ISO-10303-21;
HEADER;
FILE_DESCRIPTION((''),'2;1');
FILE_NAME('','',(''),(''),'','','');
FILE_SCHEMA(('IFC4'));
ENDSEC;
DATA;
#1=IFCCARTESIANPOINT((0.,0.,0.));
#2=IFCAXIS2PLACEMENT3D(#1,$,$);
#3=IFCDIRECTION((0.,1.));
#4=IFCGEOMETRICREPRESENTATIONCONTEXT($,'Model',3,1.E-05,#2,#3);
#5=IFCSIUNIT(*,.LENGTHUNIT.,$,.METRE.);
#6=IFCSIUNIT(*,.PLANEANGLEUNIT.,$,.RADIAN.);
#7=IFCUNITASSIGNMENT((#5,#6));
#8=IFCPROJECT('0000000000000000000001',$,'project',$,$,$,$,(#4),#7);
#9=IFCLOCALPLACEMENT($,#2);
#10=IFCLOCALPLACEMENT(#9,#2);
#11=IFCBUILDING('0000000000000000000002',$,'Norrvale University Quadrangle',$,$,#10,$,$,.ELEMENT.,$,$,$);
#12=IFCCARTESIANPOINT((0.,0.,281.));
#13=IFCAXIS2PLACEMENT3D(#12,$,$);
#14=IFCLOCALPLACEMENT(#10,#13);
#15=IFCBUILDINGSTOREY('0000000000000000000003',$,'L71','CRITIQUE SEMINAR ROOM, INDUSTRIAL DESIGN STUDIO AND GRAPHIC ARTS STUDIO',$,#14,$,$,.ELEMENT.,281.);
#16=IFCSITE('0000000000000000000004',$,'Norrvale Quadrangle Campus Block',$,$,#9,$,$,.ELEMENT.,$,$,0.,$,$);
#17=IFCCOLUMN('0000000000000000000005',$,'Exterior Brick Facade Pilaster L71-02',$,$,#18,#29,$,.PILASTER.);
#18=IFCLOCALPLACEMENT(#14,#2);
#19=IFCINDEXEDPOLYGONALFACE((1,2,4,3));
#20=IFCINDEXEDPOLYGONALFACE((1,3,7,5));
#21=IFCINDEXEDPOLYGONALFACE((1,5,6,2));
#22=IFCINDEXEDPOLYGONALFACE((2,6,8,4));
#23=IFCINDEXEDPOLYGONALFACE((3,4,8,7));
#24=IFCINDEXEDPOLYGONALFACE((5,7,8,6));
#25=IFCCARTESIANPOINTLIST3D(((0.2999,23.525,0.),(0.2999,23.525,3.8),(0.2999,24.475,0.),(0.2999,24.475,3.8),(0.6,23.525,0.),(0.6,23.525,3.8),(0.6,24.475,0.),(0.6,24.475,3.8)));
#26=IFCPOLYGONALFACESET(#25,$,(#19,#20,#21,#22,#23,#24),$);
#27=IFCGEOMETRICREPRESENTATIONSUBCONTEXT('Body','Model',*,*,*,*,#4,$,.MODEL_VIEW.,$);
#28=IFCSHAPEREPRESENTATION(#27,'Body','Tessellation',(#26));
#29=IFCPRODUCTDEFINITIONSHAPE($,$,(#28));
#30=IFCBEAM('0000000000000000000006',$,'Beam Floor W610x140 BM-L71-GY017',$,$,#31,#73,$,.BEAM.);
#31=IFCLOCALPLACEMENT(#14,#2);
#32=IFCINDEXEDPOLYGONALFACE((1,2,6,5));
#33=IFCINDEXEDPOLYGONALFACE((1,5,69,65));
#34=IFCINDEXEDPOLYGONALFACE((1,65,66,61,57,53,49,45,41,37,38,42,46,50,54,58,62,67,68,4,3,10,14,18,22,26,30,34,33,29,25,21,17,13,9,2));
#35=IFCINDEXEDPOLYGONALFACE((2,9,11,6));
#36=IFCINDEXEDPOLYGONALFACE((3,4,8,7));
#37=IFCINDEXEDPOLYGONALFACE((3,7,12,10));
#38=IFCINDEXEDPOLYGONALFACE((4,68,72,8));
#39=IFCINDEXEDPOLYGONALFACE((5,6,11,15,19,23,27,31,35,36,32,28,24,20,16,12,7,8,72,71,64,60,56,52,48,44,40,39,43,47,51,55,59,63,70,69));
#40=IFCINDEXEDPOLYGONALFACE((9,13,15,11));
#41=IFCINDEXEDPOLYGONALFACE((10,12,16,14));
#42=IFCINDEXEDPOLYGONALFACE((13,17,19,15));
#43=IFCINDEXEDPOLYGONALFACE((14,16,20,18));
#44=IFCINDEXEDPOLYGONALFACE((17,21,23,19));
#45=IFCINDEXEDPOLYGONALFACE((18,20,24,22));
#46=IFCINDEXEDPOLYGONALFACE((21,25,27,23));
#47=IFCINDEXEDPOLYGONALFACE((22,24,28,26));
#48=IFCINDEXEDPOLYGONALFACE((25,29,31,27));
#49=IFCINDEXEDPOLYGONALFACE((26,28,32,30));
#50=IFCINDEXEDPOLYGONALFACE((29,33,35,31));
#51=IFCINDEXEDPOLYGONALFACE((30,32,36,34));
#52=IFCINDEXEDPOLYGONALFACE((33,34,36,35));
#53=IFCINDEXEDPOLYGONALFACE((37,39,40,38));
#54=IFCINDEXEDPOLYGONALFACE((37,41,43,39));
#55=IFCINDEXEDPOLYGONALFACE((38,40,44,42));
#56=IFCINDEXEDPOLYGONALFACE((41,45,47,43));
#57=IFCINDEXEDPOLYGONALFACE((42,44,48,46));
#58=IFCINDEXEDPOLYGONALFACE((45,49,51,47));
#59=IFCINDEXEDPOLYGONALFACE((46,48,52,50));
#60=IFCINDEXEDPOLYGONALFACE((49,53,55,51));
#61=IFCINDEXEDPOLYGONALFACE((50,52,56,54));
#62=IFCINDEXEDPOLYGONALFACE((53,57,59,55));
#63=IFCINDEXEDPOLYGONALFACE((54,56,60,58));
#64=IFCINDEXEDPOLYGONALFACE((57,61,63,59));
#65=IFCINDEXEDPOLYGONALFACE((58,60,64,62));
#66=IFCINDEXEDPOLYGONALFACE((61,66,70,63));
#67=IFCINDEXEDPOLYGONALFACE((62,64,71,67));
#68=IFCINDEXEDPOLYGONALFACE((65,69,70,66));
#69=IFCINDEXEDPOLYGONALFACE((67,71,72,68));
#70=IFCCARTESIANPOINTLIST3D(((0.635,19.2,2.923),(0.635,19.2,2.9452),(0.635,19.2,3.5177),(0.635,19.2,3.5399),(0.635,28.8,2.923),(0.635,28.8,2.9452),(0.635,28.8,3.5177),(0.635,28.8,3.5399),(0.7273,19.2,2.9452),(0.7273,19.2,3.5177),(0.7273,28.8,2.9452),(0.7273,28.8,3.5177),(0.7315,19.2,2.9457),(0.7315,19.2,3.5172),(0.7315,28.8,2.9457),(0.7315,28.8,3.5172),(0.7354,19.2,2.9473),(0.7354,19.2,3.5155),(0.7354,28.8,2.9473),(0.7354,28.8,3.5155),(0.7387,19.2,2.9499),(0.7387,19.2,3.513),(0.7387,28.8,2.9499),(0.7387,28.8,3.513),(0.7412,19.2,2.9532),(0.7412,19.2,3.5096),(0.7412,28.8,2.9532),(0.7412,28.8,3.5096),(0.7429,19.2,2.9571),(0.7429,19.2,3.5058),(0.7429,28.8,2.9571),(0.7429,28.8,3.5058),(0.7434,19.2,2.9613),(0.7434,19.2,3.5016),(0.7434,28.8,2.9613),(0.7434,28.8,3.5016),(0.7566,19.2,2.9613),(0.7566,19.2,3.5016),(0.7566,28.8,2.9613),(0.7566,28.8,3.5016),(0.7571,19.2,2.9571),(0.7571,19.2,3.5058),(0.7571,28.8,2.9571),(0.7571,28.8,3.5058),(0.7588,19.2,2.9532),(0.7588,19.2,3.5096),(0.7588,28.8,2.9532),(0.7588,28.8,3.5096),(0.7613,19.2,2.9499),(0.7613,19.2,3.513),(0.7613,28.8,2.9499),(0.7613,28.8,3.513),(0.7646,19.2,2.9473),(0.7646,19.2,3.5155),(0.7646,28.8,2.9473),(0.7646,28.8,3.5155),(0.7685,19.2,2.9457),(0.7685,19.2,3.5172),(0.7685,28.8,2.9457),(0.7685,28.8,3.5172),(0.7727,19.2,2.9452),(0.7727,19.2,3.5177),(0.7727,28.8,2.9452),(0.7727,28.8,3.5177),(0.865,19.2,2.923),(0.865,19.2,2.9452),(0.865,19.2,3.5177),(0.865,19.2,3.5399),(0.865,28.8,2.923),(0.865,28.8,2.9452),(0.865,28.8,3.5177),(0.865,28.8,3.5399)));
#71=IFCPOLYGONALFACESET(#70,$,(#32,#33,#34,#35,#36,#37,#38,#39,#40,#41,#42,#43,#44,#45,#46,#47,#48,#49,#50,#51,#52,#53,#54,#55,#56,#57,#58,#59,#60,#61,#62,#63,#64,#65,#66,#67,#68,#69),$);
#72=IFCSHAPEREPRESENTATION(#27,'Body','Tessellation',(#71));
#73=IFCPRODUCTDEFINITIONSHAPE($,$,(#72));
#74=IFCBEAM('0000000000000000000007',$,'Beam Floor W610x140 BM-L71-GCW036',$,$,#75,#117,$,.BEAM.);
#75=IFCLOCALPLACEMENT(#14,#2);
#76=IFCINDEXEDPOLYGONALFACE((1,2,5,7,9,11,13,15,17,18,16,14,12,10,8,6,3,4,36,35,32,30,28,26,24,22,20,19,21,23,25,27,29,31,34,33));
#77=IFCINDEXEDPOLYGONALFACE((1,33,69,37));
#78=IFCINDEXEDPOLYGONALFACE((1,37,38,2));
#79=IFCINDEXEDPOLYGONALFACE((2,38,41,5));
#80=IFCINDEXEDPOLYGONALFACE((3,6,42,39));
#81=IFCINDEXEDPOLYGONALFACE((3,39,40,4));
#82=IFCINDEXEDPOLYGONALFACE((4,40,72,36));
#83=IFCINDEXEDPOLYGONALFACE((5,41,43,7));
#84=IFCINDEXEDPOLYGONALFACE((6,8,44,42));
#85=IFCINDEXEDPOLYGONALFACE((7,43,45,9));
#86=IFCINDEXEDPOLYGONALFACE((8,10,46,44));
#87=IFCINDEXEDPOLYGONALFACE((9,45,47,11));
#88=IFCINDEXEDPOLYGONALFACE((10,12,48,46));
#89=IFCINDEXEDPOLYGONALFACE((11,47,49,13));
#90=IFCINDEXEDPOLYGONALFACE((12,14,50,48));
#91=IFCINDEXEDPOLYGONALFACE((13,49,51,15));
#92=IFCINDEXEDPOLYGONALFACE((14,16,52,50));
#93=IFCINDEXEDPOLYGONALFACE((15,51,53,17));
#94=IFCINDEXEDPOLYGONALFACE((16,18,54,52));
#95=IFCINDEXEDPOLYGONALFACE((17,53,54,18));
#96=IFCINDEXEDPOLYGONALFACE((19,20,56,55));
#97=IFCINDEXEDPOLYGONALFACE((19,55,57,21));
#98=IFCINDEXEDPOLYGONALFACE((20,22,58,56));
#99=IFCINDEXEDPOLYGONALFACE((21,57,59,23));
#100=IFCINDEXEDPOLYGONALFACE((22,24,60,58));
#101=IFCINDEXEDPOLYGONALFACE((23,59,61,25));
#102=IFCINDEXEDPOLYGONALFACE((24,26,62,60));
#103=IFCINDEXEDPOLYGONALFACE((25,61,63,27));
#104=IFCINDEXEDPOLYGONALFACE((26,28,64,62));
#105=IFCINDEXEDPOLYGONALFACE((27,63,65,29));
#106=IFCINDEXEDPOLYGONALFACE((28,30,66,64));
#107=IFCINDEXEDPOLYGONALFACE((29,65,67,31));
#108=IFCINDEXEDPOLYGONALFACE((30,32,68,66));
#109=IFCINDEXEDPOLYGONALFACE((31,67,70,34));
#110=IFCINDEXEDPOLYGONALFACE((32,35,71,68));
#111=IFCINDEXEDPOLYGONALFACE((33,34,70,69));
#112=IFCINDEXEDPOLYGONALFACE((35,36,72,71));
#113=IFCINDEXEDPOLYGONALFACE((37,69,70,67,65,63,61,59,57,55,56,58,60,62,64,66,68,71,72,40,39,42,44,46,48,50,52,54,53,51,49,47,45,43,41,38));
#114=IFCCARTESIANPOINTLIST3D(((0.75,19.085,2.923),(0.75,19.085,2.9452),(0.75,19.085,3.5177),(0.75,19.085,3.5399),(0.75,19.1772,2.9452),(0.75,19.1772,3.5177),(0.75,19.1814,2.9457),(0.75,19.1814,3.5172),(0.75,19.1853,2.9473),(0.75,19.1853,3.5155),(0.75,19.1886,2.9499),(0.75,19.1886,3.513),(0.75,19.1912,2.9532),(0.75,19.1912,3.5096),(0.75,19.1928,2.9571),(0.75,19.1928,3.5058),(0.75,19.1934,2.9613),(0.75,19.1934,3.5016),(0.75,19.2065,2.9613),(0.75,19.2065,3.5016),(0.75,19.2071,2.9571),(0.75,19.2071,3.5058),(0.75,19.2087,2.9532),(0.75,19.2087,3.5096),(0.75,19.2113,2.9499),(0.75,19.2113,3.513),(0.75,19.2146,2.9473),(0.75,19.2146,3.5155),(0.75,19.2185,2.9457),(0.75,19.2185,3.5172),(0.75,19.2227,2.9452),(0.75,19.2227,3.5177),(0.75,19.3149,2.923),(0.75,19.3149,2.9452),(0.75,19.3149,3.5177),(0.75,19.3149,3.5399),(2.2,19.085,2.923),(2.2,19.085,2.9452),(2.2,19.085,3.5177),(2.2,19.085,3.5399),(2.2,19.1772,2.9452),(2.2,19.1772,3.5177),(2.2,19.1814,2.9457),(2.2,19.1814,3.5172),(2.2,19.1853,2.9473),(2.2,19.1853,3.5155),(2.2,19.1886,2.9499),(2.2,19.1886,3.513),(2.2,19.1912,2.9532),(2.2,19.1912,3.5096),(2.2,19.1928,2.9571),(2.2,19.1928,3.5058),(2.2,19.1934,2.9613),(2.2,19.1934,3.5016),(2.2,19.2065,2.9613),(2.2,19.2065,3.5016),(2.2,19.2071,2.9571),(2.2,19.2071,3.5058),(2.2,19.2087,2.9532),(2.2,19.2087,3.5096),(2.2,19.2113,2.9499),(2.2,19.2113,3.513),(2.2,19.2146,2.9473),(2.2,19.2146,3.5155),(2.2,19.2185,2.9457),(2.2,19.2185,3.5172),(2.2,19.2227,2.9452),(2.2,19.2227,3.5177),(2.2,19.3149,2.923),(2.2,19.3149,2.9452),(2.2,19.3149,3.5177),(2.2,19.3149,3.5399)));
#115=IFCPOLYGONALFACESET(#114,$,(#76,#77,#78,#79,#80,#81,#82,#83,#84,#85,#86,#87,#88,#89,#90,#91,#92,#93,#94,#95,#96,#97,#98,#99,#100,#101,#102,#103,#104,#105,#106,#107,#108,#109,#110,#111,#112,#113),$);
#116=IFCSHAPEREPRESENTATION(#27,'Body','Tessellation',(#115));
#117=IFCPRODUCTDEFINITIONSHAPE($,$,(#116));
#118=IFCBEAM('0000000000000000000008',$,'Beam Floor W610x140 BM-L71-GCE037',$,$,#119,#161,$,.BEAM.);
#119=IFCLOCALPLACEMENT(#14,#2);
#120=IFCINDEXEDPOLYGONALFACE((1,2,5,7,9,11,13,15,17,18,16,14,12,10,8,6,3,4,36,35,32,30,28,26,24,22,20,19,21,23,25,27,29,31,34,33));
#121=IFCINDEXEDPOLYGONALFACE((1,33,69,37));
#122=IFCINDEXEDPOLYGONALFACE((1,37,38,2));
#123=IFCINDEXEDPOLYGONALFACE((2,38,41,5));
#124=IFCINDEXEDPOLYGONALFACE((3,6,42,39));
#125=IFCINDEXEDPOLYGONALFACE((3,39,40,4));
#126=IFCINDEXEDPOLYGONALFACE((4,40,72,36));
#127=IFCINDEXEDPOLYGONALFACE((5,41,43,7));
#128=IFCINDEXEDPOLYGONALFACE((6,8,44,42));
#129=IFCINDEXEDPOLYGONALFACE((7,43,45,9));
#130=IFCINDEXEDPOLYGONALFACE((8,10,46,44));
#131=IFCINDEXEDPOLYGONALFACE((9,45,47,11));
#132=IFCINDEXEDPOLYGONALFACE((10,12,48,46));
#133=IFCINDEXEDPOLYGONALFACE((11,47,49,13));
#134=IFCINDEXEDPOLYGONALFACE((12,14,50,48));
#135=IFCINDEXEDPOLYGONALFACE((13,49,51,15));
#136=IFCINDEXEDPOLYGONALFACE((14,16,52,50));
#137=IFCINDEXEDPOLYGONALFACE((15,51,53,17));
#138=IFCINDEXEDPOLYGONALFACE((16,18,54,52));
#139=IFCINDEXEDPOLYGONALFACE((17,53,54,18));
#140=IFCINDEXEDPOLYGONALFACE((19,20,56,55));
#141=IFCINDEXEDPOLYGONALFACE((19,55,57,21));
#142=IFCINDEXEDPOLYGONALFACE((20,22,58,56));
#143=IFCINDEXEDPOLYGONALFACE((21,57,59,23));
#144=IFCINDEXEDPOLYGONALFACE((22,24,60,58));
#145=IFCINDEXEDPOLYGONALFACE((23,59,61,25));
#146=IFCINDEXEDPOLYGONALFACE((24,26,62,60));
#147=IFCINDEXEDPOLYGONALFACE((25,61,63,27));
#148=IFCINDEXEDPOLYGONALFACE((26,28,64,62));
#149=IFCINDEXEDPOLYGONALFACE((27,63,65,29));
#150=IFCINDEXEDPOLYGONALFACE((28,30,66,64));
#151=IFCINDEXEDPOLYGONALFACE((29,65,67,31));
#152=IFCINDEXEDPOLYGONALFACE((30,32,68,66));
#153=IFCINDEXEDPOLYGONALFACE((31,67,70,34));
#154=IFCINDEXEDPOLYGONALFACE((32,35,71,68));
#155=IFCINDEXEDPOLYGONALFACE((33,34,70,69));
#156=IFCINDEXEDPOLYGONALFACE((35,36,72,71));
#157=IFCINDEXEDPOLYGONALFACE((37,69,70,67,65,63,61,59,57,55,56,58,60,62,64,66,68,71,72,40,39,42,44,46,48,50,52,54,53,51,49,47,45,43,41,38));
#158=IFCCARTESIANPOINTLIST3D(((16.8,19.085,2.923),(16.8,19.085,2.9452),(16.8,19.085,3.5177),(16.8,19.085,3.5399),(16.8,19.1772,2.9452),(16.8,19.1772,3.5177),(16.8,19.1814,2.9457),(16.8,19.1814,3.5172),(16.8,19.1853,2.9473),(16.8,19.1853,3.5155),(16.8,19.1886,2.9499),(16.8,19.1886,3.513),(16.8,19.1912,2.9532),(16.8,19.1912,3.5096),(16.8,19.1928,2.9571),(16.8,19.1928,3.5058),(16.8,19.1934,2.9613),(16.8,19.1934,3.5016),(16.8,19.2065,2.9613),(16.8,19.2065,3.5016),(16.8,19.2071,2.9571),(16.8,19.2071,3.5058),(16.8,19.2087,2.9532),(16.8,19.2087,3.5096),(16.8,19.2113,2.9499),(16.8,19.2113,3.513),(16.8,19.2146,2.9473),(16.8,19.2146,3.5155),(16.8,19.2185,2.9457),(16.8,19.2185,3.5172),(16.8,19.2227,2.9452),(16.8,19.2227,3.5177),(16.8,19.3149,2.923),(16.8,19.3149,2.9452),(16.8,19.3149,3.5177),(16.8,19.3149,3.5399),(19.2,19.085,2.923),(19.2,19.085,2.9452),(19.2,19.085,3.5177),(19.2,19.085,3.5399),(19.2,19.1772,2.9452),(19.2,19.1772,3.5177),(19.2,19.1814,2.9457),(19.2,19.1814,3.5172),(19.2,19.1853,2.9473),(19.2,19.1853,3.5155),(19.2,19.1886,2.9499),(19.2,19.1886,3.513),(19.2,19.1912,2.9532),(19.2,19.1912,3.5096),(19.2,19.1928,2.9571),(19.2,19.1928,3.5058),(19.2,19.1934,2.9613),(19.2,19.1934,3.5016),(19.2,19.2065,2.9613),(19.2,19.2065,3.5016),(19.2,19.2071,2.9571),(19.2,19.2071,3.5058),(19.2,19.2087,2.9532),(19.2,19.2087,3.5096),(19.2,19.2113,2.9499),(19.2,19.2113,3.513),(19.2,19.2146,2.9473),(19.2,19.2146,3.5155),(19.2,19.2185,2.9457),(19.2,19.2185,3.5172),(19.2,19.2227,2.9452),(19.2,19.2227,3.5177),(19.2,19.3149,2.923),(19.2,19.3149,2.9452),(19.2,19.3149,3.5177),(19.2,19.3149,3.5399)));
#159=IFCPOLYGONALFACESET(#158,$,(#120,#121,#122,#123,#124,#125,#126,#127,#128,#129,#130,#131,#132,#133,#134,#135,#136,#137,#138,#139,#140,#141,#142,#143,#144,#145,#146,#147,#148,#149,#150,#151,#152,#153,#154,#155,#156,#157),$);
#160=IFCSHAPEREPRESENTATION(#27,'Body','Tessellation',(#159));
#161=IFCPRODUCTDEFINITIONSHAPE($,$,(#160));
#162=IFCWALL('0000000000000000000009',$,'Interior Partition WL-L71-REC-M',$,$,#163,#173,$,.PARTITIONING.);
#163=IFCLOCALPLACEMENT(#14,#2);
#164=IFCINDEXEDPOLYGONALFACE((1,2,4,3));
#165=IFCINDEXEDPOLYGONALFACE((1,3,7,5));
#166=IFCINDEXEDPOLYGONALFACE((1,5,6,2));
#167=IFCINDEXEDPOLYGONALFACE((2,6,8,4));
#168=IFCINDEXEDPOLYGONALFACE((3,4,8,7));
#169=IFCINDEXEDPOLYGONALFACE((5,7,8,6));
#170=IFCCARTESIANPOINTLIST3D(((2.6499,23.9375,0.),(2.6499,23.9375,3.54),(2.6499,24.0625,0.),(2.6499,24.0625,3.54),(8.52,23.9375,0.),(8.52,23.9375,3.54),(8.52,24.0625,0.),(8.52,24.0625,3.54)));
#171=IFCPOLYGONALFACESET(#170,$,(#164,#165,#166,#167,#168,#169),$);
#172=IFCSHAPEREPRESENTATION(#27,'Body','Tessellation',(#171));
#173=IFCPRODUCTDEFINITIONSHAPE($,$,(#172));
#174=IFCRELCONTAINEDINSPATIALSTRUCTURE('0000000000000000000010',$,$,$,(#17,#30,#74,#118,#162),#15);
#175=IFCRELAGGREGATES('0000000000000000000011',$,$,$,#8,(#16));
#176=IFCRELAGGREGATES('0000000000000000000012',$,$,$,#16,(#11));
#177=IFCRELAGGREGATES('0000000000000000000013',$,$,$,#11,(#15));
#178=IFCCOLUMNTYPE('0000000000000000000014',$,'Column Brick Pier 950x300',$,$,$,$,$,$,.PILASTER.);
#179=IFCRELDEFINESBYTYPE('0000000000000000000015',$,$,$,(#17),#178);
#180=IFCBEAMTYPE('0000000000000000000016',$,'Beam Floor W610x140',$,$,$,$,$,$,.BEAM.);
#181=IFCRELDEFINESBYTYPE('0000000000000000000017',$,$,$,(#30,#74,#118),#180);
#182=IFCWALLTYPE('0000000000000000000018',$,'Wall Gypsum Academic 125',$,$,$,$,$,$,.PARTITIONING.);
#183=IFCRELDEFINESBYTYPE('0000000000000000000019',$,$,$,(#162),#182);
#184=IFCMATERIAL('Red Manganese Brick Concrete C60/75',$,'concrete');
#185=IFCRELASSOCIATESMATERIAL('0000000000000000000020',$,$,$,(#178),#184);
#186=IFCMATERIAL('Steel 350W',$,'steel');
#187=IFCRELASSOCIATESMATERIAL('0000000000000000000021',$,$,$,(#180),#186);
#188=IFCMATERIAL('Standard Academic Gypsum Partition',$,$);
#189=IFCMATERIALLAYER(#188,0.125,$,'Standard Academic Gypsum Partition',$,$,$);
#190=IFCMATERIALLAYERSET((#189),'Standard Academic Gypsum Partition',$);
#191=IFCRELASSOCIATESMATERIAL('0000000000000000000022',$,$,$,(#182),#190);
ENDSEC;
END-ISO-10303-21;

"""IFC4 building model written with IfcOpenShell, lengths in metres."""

from ifc_helpers import new_model, si_unit, direction, frame, frame_2d, origin, origin_2d, place, context, subcontext, project, spatial, rectangle, i_section, extrude, material, layer, layer_set, material_profile, profile_set, type_object, element, save


model = new_model("IFC4")

# Units and contexts
model_context = context("Model", 3, precision=1e-05, world=origin(), true_north=direction((0.0, 1.0)))
body_context = subcontext(model_context, "Body", "Model", "MODEL_VIEW")
ifc_project = project(units=[si_unit("LENGTHUNIT", "METRE"), si_unit("PLANEANGLEUNIT", "RADIAN")], contexts=[model_context])

# Site, building, storey
site_placement = place(None, origin())
site = spatial("IfcSite", under=ifc_project, at=site_placement, Name="Norrvale Quadrangle Campus Block", CompositionType="ELEMENT", RefElevation=0.0)
building_placement = place(site_placement, origin())
building = spatial("IfcBuilding", under=site, at=building_placement, Name="Norrvale University Quadrangle", CompositionType="ELEMENT")
storey_placement = place(building_placement, frame((0.0, 0.0, 281.0)))
storey = spatial("IfcBuildingStorey", under=building, at=storey_placement, Name="L71", Description="CRITIQUE SEMINAR ROOM, INDUSTRIAL DESIGN STUDIO AND GRAPHIC ARTS STUDIO", CompositionType="ELEMENT", Elevation=281.0)

# Column
ifc_material_1 = material(Name="Red Manganese Brick Concrete C60/75", Category="concrete")
ifc_material_profile_1 = material_profile(ifc_material_1, rectangle(XDim=0.95, YDim=0.3, at=origin_2d()), Name="Red Manganese Brick Concrete C60/75")
ifc_profile_set_1 = profile_set([ifc_material_profile_1], Name="Red Manganese Brick Concrete C60/75")
column_type = type_object("IfcColumnType", Name="Column Brick Pier 950x300", PredefinedType="PILASTER", material=ifc_profile_set_1)
column_placement = place(storey_placement, frame((0.45, 24.0, 0.0), z_axis=(0.0, 0.0, 1.0), x_axis=(0.0, 1.0, 0.0)))
element("IfcColumn", 1, at=column_placement, inside=storey, type_object=column_type, Name="Exterior Brick Facade Pilaster L71-02", PredefinedType="PILASTER", context=body_context, shape_type="SweptSolid", body=[
    extrude(rectangle(XDim=0.95, YDim=0.3, at=origin_2d()), origin(), (0.0, 0.0, 1.0), 3.8),
])

# Beams
ifc_material_2 = material(Name="Steel 350W", Category="steel")
ifc_material_profile_2 = material_profile(ifc_material_2, i_section(OverallWidth=0.23, OverallDepth=0.6169, WebThickness=0.0132, FlangeThickness=0.0222, FilletRadius=0.0161, at=origin_2d()), Name="Steel 350W")
ifc_profile_set_2 = profile_set([ifc_material_profile_2], Name="Steel 350W")
beam_type = type_object("IfcBeamType", Name="Beam Floor W610x140", PredefinedType="BEAM", material=ifc_profile_set_2)
beam_1_placement = place(storey_placement, frame((0.75, 19.2, 3.2314), z_axis=(0.0, 1.0, 0.0), x_axis=(-1.0, 0.0, 0.0)))
element("IfcBeam", 2, at=beam_1_placement, inside=storey, type_object=beam_type, Name="Beam Floor W610x140 BM-L71-GY017", PredefinedType="BEAM", context=body_context, shape_type="SweptSolid", body=[
    extrude(i_section(OverallWidth=0.23, OverallDepth=0.6169, WebThickness=0.0132, FlangeThickness=0.0222, FilletRadius=0.0161, at=origin_2d()), origin(), (0.0, 0.0, 1.0), 9.6001),
])
beam_2_placement = place(storey_placement, frame((0.75, 19.2, 3.2314), z_axis=(1.0, 0.0, 0.0), x_axis=(0.0, 1.0, 0.0)))
element("IfcBeam", 3, at=beam_2_placement, inside=storey, type_object=beam_type, Name="Beam Floor W610x140 BM-L71-GCW036", PredefinedType="BEAM", context=body_context, shape_type="SweptSolid", body=[
    extrude(i_section(OverallWidth=0.23, OverallDepth=0.6169, WebThickness=0.0132, FlangeThickness=0.0222, FilletRadius=0.0161, at=origin_2d()), origin(), (0.0, 0.0, 1.0), 1.45),
])
beam_3_placement = place(storey_placement, frame((16.8, 19.2, 3.2314), z_axis=(1.0, 0.0, 0.0), x_axis=(0.0, 1.0, 0.0)))
element("IfcBeam", 4, at=beam_3_placement, inside=storey, type_object=beam_type, Name="Beam Floor W610x140 BM-L71-GCE037", PredefinedType="BEAM", context=body_context, shape_type="SweptSolid", body=[
    extrude(i_section(OverallWidth=0.23, OverallDepth=0.6169, WebThickness=0.0132, FlangeThickness=0.0222, FilletRadius=0.0161, at=origin_2d()), origin(), (0.0, 0.0, 1.0), 2.3999),
])

# Wall
ifc_material_3 = material(Name="Standard Academic Gypsum Partition")
ifc_layer_1 = layer(ifc_material_3, 0.125, Name="Standard Academic Gypsum Partition")
ifc_layer_set_1 = layer_set([ifc_layer_1], Name="Standard Academic Gypsum Partition")
wall_type_1 = type_object("IfcWallType", Name="Wall Gypsum Academic 125", PredefinedType="PARTITIONING", material=ifc_layer_set_1)
wall_1_placement = place(storey_placement, frame((2.6499, 24.0, 0.0), z_axis=(0.0, 0.0, 1.0), x_axis=(1.0, 0.0, 0.0)))
element("IfcWall", 5, at=wall_1_placement, inside=storey, type_object=wall_type_1, Name="Interior Partition WL-L71-REC-M", PredefinedType="PARTITIONING", context=body_context, shape_type="SweptSolid", body=[
    extrude(rectangle(XDim=5.8701, YDim=0.125, at=frame_2d((2.9351, 0.0))), origin(), (0.0, 0.0, 1.0), 3.54),
])

save(model, "model.ifc")
